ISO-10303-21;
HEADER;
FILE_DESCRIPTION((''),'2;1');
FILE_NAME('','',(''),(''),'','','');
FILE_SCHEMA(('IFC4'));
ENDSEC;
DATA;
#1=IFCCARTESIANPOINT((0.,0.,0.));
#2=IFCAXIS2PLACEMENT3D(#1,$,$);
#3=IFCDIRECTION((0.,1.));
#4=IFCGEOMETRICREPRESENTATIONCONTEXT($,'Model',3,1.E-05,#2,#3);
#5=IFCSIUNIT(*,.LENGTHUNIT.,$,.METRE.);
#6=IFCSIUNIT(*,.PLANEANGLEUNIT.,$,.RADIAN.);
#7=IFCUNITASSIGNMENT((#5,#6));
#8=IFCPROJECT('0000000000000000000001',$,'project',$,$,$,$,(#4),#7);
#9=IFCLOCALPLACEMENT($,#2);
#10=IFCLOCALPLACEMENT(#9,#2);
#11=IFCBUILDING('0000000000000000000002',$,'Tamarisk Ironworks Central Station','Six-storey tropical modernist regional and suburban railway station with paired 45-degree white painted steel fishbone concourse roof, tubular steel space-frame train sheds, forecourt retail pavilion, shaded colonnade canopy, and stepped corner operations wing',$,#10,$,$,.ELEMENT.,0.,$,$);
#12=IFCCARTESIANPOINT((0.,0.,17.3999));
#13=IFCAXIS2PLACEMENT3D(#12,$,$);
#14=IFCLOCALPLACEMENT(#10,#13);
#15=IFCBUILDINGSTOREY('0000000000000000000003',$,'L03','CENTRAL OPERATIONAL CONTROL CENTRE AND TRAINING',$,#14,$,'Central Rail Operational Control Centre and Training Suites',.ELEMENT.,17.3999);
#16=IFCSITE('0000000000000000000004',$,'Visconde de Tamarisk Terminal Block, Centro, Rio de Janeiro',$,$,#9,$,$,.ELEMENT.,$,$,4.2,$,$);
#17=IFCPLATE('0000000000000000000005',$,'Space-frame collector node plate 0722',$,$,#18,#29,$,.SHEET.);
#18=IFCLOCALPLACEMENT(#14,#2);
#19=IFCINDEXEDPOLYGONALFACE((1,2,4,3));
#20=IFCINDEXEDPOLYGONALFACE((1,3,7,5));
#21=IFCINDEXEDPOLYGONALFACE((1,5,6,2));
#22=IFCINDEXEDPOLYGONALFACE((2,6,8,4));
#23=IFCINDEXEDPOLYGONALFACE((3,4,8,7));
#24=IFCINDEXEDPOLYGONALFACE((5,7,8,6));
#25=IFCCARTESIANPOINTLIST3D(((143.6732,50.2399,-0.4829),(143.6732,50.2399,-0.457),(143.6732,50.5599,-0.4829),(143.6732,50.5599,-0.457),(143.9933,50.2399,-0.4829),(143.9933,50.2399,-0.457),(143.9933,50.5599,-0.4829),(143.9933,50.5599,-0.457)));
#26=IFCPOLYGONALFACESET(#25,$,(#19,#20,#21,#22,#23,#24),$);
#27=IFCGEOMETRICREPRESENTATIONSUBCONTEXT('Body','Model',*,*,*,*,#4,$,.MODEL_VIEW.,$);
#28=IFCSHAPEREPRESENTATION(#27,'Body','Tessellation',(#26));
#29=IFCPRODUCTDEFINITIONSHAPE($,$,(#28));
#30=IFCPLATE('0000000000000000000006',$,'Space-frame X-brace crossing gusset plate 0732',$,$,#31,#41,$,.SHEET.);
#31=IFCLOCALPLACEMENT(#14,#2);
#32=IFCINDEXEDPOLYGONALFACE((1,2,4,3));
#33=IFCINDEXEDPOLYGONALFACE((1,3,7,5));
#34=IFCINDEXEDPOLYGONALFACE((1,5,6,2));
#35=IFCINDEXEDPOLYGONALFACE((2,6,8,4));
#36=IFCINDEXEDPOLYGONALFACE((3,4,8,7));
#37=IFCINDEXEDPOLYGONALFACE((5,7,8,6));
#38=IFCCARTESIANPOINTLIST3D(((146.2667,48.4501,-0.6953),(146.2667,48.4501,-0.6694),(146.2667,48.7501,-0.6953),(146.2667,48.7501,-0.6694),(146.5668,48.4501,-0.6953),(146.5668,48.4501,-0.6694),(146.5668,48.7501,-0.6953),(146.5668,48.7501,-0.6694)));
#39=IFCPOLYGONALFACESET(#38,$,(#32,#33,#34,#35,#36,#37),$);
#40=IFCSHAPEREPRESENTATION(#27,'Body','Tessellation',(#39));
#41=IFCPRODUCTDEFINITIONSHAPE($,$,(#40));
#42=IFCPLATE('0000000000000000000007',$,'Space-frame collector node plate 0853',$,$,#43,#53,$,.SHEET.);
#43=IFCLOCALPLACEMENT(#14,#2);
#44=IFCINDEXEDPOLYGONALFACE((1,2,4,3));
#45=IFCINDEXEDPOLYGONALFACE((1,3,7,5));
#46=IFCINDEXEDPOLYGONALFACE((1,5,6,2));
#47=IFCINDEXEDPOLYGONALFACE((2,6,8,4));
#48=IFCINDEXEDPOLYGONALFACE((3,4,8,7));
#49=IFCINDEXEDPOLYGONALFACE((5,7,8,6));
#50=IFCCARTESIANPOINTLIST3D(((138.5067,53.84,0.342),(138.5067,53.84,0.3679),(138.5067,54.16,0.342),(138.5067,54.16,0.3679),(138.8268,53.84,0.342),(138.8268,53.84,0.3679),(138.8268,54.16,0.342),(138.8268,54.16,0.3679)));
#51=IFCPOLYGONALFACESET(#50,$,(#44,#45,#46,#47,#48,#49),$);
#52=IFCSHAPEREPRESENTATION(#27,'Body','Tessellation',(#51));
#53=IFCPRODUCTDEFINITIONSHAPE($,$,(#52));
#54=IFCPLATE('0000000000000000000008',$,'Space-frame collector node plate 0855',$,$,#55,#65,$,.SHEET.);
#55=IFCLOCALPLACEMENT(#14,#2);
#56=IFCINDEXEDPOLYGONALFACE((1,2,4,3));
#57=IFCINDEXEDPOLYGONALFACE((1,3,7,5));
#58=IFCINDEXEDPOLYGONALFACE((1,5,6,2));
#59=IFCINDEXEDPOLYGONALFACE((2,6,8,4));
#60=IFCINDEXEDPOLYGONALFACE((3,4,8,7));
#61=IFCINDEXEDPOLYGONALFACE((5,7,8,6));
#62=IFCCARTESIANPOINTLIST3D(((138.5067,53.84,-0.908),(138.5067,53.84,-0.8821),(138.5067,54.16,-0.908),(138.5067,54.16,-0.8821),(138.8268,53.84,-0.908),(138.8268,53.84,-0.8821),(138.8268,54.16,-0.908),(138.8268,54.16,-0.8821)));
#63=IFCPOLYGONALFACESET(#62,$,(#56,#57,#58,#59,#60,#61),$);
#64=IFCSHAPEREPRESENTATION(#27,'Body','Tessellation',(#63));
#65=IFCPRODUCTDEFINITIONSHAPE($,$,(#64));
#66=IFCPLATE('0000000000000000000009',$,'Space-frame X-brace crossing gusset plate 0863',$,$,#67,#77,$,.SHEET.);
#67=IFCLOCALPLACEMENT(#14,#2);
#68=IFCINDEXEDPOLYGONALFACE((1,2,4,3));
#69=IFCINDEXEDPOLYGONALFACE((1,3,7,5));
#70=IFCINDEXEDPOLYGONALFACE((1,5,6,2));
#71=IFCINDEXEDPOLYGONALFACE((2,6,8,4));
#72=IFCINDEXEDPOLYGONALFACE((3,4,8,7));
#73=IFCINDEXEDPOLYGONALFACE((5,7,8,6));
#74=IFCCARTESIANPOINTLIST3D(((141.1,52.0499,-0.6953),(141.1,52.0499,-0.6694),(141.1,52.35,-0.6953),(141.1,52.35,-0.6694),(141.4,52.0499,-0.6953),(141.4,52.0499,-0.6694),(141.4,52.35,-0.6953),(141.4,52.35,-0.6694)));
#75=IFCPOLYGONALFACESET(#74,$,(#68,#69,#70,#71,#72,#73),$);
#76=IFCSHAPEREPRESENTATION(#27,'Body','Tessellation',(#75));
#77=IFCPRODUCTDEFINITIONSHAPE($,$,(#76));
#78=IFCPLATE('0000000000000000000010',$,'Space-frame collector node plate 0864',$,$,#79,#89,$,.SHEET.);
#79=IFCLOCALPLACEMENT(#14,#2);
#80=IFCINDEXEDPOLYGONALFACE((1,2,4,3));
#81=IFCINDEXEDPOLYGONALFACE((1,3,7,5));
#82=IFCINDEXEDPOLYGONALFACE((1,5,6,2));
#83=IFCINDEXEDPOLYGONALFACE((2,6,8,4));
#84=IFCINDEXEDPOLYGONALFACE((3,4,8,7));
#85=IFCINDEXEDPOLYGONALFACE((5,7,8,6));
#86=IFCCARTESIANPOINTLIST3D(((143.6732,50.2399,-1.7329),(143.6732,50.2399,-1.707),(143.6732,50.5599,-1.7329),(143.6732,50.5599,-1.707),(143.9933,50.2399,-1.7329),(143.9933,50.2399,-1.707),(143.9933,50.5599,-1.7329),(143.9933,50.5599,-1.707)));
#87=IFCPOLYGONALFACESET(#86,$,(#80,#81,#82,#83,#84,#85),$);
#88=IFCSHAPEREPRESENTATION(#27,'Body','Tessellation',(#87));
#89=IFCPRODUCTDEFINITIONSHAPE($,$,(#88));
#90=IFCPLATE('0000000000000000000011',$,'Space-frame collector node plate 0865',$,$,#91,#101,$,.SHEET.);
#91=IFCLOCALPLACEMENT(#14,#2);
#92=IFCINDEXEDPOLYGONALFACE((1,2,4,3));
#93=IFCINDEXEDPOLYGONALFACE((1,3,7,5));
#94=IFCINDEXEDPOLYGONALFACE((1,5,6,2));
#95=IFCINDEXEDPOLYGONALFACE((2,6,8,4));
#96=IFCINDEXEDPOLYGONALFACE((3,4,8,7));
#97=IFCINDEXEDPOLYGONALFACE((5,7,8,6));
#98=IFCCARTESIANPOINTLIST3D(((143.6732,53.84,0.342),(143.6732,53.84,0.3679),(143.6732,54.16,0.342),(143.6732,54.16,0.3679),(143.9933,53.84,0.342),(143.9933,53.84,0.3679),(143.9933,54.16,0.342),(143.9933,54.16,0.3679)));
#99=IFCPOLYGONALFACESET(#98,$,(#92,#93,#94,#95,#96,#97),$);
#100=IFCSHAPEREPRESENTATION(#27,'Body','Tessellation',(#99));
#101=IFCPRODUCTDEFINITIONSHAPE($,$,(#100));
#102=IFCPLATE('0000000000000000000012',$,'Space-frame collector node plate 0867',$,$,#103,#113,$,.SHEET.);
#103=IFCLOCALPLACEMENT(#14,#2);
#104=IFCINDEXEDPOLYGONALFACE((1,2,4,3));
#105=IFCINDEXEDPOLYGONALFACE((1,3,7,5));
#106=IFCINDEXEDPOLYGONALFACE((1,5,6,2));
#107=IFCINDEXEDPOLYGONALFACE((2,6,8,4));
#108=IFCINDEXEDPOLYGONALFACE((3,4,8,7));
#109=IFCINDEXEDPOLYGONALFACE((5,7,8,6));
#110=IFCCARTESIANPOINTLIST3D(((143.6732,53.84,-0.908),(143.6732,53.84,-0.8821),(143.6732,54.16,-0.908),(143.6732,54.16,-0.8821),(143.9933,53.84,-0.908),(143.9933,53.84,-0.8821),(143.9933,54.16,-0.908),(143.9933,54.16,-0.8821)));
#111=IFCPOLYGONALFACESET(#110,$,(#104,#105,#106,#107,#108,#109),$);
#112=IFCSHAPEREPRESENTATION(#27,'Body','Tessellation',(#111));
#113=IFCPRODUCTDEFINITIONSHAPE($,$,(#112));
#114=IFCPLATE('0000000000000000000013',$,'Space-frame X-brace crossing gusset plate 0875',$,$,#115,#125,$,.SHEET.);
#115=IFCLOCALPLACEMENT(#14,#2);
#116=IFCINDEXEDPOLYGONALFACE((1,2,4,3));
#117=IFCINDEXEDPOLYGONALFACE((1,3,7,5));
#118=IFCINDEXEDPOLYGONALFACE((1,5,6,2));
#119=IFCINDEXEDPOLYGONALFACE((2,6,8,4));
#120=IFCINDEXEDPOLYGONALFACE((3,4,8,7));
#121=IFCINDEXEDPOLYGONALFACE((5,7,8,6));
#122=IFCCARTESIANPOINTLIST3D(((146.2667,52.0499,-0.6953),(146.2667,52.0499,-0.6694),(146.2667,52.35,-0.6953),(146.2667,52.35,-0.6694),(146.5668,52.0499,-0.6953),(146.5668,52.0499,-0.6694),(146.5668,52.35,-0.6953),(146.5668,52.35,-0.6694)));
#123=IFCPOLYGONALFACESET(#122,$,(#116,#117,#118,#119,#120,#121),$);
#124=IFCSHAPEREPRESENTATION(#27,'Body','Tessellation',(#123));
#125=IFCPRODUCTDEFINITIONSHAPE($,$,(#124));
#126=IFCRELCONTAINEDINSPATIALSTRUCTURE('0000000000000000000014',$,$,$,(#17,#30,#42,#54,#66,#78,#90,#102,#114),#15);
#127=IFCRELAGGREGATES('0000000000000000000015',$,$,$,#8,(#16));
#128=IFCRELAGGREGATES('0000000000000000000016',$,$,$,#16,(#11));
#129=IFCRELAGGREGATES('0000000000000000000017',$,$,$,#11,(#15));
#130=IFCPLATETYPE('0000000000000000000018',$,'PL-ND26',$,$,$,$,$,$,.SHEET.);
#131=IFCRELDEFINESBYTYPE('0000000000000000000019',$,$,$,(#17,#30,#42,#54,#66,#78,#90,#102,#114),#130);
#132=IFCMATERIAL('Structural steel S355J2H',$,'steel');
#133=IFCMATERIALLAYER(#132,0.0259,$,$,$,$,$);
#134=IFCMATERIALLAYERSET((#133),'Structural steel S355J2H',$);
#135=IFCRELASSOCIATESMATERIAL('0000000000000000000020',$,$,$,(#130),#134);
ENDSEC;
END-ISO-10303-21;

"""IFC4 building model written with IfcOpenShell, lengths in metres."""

from ifc_helpers import new_model, si_unit, direction, frame, origin, origin_2d, place, context, subcontext, project, spatial, rectangle, extrude, material, layer, layer_set, type_object, element, save


model = new_model("IFC4")

# Units and contexts
model_context = context("Model", 3, precision=1e-05, world=origin(), true_north=direction((0.0, 1.0)))
body_context = subcontext(model_context, "Body", "Model", "MODEL_VIEW")
ifc_project = project(units=[si_unit("LENGTHUNIT", "METRE"), si_unit("PLANEANGLEUNIT", "RADIAN")], contexts=[model_context])

# Site, building, storey
site_placement = place(None, origin())
site = spatial("IfcSite", under=ifc_project, at=site_placement, Name="Visconde de Tamarisk Terminal Block, Centro, Rio de Janeiro", CompositionType="ELEMENT", RefElevation=4.2)
building_placement = place(site_placement, origin())
building = spatial("IfcBuilding", under=site, at=building_placement, Name="Tamarisk Ironworks Central Station", Description="Six-storey tropical modernist regional and suburban railway station with paired 45-degree white painted steel fishbone concourse roof, tubular steel space-frame train sheds, forecourt retail pavilion, shaded colonnade canopy, and stepped corner operations wing", CompositionType="ELEMENT", ElevationOfRefHeight=0.0)
storey_placement = place(building_placement, frame((0.0, 0.0, 17.3999)))
storey = spatial("IfcBuildingStorey", under=building, at=storey_placement, Name="L03", Description="CENTRAL OPERATIONAL CONTROL CENTRE AND TRAINING", LongName="Central Rail Operational Control Centre and Training Suites", CompositionType="ELEMENT", Elevation=17.3999)

# Shared definitions
ifc_material_1 = material(Name="Structural steel S355J2H", Category="steel")

# Plates
ifc_layer = layer(ifc_material_1, 0.0259)
ifc_layer_set = layer_set([ifc_layer], Name="Structural steel S355J2H")
plate_type = type_object("IfcPlateType", Name="PL-ND26", PredefinedType="SHEET", material=ifc_layer_set)
for number, where, z_axis, x_axis, name in (
    (1, (143.8333, 50.3999, -0.4829), (0.0, 0.0, 1.0), (1.0, 0.0, 0.0), "Space-frame collector node plate 0722"),
):
    element("IfcPlate", number, at=place(storey_placement, frame(where, z_axis=z_axis, x_axis=x_axis)), inside=storey, type_object=plate_type, Name=name, PredefinedType="SHEET", context=body_context, shape_type="SweptSolid", body=[
        extrude(rectangle(XDim=0.3201, YDim=0.3201, at=origin_2d()), origin(), (0.0, 0.0, 1.0), 0.0259),
    ])
plate_1_placement = place(storey_placement, frame((146.4167, 48.6001, -0.6953), z_axis=(0.0, 0.0, 1.0), x_axis=(1.0, 0.0, 0.0)))
element("IfcPlate", 2, at=plate_1_placement, inside=storey, type_object=plate_type, Name="Space-frame X-brace crossing gusset plate 0732", PredefinedType="SHEET", context=body_context, shape_type="SweptSolid", body=[
    extrude(rectangle(XDim=0.3, YDim=0.3, at=origin_2d()), origin(), (0.0, 0.0, 1.0), 0.0259),
])
for number, where, z_axis, x_axis, name in (
    (3, (138.6667, 54.0, 0.342), (0.0, 0.0, 1.0), (1.0, 0.0, 0.0), "Space-frame collector node plate 0853"),
    (4, (138.6667, 54.0, -0.908), (0.0, 0.0, 1.0), (1.0, 0.0, 0.0), "Space-frame collector node plate 0855"),
):
    element("IfcPlate", number, at=place(storey_placement, frame(where, z_axis=z_axis, x_axis=x_axis)), inside=storey, type_object=plate_type, Name=name, PredefinedType="SHEET", context=body_context, shape_type="SweptSolid", body=[
        extrude(rectangle(XDim=0.3201, YDim=0.3201, at=origin_2d()), origin(), (0.0, 0.0, 1.0), 0.0259),
    ])
plate_2_placement = place(storey_placement, frame((141.25, 52.2, -0.6953), z_axis=(0.0, 0.0, 1.0), x_axis=(1.0, 0.0, 0.0)))
element("IfcPlate", 5, at=plate_2_placement, inside=storey, type_object=plate_type, Name="Space-frame X-brace crossing gusset plate 0863", PredefinedType="SHEET", context=body_context, shape_type="SweptSolid", body=[
    extrude(rectangle(XDim=0.3, YDim=0.3, at=origin_2d()), origin(), (0.0, 0.0, 1.0), 0.0259),
])
for number, where, z_axis, x_axis, name in (
    (6, (143.8333, 50.3999, -1.7329), (0.0, 0.0, 1.0), (1.0, 0.0, 0.0), "Space-frame collector node plate 0864"),
    (7, (143.8333, 54.0, 0.342), (0.0, 0.0, 1.0), (1.0, 0.0, 0.0), "Space-frame collector node plate 0865"),
    (8, (143.8333, 54.0, -0.908), (0.0, 0.0, 1.0), (1.0, 0.0, 0.0), "Space-frame collector node plate 0867"),
):
    element("IfcPlate", number, at=place(storey_placement, frame(where, z_axis=z_axis, x_axis=x_axis)), inside=storey, type_object=plate_type, Name=name, PredefinedType="SHEET", context=body_context, shape_type="SweptSolid", body=[
        extrude(rectangle(XDim=0.3201, YDim=0.3201, at=origin_2d()), origin(), (0.0, 0.0, 1.0), 0.0259),
    ])
plate_3_placement = place(storey_placement, frame((146.4167, 52.2, -0.6953), z_axis=(0.0, 0.0, 1.0), x_axis=(1.0, 0.0, 0.0)))
element("IfcPlate", 9, at=plate_3_placement, inside=storey, type_object=plate_type, Name="Space-frame X-brace crossing gusset plate 0875", PredefinedType="SHEET", context=body_context, shape_type="SweptSolid", body=[
    extrude(rectangle(XDim=0.3, YDim=0.3, at=origin_2d()), origin(), (0.0, 0.0, 1.0), 0.0259),
])

save(model, "model.ifc")
